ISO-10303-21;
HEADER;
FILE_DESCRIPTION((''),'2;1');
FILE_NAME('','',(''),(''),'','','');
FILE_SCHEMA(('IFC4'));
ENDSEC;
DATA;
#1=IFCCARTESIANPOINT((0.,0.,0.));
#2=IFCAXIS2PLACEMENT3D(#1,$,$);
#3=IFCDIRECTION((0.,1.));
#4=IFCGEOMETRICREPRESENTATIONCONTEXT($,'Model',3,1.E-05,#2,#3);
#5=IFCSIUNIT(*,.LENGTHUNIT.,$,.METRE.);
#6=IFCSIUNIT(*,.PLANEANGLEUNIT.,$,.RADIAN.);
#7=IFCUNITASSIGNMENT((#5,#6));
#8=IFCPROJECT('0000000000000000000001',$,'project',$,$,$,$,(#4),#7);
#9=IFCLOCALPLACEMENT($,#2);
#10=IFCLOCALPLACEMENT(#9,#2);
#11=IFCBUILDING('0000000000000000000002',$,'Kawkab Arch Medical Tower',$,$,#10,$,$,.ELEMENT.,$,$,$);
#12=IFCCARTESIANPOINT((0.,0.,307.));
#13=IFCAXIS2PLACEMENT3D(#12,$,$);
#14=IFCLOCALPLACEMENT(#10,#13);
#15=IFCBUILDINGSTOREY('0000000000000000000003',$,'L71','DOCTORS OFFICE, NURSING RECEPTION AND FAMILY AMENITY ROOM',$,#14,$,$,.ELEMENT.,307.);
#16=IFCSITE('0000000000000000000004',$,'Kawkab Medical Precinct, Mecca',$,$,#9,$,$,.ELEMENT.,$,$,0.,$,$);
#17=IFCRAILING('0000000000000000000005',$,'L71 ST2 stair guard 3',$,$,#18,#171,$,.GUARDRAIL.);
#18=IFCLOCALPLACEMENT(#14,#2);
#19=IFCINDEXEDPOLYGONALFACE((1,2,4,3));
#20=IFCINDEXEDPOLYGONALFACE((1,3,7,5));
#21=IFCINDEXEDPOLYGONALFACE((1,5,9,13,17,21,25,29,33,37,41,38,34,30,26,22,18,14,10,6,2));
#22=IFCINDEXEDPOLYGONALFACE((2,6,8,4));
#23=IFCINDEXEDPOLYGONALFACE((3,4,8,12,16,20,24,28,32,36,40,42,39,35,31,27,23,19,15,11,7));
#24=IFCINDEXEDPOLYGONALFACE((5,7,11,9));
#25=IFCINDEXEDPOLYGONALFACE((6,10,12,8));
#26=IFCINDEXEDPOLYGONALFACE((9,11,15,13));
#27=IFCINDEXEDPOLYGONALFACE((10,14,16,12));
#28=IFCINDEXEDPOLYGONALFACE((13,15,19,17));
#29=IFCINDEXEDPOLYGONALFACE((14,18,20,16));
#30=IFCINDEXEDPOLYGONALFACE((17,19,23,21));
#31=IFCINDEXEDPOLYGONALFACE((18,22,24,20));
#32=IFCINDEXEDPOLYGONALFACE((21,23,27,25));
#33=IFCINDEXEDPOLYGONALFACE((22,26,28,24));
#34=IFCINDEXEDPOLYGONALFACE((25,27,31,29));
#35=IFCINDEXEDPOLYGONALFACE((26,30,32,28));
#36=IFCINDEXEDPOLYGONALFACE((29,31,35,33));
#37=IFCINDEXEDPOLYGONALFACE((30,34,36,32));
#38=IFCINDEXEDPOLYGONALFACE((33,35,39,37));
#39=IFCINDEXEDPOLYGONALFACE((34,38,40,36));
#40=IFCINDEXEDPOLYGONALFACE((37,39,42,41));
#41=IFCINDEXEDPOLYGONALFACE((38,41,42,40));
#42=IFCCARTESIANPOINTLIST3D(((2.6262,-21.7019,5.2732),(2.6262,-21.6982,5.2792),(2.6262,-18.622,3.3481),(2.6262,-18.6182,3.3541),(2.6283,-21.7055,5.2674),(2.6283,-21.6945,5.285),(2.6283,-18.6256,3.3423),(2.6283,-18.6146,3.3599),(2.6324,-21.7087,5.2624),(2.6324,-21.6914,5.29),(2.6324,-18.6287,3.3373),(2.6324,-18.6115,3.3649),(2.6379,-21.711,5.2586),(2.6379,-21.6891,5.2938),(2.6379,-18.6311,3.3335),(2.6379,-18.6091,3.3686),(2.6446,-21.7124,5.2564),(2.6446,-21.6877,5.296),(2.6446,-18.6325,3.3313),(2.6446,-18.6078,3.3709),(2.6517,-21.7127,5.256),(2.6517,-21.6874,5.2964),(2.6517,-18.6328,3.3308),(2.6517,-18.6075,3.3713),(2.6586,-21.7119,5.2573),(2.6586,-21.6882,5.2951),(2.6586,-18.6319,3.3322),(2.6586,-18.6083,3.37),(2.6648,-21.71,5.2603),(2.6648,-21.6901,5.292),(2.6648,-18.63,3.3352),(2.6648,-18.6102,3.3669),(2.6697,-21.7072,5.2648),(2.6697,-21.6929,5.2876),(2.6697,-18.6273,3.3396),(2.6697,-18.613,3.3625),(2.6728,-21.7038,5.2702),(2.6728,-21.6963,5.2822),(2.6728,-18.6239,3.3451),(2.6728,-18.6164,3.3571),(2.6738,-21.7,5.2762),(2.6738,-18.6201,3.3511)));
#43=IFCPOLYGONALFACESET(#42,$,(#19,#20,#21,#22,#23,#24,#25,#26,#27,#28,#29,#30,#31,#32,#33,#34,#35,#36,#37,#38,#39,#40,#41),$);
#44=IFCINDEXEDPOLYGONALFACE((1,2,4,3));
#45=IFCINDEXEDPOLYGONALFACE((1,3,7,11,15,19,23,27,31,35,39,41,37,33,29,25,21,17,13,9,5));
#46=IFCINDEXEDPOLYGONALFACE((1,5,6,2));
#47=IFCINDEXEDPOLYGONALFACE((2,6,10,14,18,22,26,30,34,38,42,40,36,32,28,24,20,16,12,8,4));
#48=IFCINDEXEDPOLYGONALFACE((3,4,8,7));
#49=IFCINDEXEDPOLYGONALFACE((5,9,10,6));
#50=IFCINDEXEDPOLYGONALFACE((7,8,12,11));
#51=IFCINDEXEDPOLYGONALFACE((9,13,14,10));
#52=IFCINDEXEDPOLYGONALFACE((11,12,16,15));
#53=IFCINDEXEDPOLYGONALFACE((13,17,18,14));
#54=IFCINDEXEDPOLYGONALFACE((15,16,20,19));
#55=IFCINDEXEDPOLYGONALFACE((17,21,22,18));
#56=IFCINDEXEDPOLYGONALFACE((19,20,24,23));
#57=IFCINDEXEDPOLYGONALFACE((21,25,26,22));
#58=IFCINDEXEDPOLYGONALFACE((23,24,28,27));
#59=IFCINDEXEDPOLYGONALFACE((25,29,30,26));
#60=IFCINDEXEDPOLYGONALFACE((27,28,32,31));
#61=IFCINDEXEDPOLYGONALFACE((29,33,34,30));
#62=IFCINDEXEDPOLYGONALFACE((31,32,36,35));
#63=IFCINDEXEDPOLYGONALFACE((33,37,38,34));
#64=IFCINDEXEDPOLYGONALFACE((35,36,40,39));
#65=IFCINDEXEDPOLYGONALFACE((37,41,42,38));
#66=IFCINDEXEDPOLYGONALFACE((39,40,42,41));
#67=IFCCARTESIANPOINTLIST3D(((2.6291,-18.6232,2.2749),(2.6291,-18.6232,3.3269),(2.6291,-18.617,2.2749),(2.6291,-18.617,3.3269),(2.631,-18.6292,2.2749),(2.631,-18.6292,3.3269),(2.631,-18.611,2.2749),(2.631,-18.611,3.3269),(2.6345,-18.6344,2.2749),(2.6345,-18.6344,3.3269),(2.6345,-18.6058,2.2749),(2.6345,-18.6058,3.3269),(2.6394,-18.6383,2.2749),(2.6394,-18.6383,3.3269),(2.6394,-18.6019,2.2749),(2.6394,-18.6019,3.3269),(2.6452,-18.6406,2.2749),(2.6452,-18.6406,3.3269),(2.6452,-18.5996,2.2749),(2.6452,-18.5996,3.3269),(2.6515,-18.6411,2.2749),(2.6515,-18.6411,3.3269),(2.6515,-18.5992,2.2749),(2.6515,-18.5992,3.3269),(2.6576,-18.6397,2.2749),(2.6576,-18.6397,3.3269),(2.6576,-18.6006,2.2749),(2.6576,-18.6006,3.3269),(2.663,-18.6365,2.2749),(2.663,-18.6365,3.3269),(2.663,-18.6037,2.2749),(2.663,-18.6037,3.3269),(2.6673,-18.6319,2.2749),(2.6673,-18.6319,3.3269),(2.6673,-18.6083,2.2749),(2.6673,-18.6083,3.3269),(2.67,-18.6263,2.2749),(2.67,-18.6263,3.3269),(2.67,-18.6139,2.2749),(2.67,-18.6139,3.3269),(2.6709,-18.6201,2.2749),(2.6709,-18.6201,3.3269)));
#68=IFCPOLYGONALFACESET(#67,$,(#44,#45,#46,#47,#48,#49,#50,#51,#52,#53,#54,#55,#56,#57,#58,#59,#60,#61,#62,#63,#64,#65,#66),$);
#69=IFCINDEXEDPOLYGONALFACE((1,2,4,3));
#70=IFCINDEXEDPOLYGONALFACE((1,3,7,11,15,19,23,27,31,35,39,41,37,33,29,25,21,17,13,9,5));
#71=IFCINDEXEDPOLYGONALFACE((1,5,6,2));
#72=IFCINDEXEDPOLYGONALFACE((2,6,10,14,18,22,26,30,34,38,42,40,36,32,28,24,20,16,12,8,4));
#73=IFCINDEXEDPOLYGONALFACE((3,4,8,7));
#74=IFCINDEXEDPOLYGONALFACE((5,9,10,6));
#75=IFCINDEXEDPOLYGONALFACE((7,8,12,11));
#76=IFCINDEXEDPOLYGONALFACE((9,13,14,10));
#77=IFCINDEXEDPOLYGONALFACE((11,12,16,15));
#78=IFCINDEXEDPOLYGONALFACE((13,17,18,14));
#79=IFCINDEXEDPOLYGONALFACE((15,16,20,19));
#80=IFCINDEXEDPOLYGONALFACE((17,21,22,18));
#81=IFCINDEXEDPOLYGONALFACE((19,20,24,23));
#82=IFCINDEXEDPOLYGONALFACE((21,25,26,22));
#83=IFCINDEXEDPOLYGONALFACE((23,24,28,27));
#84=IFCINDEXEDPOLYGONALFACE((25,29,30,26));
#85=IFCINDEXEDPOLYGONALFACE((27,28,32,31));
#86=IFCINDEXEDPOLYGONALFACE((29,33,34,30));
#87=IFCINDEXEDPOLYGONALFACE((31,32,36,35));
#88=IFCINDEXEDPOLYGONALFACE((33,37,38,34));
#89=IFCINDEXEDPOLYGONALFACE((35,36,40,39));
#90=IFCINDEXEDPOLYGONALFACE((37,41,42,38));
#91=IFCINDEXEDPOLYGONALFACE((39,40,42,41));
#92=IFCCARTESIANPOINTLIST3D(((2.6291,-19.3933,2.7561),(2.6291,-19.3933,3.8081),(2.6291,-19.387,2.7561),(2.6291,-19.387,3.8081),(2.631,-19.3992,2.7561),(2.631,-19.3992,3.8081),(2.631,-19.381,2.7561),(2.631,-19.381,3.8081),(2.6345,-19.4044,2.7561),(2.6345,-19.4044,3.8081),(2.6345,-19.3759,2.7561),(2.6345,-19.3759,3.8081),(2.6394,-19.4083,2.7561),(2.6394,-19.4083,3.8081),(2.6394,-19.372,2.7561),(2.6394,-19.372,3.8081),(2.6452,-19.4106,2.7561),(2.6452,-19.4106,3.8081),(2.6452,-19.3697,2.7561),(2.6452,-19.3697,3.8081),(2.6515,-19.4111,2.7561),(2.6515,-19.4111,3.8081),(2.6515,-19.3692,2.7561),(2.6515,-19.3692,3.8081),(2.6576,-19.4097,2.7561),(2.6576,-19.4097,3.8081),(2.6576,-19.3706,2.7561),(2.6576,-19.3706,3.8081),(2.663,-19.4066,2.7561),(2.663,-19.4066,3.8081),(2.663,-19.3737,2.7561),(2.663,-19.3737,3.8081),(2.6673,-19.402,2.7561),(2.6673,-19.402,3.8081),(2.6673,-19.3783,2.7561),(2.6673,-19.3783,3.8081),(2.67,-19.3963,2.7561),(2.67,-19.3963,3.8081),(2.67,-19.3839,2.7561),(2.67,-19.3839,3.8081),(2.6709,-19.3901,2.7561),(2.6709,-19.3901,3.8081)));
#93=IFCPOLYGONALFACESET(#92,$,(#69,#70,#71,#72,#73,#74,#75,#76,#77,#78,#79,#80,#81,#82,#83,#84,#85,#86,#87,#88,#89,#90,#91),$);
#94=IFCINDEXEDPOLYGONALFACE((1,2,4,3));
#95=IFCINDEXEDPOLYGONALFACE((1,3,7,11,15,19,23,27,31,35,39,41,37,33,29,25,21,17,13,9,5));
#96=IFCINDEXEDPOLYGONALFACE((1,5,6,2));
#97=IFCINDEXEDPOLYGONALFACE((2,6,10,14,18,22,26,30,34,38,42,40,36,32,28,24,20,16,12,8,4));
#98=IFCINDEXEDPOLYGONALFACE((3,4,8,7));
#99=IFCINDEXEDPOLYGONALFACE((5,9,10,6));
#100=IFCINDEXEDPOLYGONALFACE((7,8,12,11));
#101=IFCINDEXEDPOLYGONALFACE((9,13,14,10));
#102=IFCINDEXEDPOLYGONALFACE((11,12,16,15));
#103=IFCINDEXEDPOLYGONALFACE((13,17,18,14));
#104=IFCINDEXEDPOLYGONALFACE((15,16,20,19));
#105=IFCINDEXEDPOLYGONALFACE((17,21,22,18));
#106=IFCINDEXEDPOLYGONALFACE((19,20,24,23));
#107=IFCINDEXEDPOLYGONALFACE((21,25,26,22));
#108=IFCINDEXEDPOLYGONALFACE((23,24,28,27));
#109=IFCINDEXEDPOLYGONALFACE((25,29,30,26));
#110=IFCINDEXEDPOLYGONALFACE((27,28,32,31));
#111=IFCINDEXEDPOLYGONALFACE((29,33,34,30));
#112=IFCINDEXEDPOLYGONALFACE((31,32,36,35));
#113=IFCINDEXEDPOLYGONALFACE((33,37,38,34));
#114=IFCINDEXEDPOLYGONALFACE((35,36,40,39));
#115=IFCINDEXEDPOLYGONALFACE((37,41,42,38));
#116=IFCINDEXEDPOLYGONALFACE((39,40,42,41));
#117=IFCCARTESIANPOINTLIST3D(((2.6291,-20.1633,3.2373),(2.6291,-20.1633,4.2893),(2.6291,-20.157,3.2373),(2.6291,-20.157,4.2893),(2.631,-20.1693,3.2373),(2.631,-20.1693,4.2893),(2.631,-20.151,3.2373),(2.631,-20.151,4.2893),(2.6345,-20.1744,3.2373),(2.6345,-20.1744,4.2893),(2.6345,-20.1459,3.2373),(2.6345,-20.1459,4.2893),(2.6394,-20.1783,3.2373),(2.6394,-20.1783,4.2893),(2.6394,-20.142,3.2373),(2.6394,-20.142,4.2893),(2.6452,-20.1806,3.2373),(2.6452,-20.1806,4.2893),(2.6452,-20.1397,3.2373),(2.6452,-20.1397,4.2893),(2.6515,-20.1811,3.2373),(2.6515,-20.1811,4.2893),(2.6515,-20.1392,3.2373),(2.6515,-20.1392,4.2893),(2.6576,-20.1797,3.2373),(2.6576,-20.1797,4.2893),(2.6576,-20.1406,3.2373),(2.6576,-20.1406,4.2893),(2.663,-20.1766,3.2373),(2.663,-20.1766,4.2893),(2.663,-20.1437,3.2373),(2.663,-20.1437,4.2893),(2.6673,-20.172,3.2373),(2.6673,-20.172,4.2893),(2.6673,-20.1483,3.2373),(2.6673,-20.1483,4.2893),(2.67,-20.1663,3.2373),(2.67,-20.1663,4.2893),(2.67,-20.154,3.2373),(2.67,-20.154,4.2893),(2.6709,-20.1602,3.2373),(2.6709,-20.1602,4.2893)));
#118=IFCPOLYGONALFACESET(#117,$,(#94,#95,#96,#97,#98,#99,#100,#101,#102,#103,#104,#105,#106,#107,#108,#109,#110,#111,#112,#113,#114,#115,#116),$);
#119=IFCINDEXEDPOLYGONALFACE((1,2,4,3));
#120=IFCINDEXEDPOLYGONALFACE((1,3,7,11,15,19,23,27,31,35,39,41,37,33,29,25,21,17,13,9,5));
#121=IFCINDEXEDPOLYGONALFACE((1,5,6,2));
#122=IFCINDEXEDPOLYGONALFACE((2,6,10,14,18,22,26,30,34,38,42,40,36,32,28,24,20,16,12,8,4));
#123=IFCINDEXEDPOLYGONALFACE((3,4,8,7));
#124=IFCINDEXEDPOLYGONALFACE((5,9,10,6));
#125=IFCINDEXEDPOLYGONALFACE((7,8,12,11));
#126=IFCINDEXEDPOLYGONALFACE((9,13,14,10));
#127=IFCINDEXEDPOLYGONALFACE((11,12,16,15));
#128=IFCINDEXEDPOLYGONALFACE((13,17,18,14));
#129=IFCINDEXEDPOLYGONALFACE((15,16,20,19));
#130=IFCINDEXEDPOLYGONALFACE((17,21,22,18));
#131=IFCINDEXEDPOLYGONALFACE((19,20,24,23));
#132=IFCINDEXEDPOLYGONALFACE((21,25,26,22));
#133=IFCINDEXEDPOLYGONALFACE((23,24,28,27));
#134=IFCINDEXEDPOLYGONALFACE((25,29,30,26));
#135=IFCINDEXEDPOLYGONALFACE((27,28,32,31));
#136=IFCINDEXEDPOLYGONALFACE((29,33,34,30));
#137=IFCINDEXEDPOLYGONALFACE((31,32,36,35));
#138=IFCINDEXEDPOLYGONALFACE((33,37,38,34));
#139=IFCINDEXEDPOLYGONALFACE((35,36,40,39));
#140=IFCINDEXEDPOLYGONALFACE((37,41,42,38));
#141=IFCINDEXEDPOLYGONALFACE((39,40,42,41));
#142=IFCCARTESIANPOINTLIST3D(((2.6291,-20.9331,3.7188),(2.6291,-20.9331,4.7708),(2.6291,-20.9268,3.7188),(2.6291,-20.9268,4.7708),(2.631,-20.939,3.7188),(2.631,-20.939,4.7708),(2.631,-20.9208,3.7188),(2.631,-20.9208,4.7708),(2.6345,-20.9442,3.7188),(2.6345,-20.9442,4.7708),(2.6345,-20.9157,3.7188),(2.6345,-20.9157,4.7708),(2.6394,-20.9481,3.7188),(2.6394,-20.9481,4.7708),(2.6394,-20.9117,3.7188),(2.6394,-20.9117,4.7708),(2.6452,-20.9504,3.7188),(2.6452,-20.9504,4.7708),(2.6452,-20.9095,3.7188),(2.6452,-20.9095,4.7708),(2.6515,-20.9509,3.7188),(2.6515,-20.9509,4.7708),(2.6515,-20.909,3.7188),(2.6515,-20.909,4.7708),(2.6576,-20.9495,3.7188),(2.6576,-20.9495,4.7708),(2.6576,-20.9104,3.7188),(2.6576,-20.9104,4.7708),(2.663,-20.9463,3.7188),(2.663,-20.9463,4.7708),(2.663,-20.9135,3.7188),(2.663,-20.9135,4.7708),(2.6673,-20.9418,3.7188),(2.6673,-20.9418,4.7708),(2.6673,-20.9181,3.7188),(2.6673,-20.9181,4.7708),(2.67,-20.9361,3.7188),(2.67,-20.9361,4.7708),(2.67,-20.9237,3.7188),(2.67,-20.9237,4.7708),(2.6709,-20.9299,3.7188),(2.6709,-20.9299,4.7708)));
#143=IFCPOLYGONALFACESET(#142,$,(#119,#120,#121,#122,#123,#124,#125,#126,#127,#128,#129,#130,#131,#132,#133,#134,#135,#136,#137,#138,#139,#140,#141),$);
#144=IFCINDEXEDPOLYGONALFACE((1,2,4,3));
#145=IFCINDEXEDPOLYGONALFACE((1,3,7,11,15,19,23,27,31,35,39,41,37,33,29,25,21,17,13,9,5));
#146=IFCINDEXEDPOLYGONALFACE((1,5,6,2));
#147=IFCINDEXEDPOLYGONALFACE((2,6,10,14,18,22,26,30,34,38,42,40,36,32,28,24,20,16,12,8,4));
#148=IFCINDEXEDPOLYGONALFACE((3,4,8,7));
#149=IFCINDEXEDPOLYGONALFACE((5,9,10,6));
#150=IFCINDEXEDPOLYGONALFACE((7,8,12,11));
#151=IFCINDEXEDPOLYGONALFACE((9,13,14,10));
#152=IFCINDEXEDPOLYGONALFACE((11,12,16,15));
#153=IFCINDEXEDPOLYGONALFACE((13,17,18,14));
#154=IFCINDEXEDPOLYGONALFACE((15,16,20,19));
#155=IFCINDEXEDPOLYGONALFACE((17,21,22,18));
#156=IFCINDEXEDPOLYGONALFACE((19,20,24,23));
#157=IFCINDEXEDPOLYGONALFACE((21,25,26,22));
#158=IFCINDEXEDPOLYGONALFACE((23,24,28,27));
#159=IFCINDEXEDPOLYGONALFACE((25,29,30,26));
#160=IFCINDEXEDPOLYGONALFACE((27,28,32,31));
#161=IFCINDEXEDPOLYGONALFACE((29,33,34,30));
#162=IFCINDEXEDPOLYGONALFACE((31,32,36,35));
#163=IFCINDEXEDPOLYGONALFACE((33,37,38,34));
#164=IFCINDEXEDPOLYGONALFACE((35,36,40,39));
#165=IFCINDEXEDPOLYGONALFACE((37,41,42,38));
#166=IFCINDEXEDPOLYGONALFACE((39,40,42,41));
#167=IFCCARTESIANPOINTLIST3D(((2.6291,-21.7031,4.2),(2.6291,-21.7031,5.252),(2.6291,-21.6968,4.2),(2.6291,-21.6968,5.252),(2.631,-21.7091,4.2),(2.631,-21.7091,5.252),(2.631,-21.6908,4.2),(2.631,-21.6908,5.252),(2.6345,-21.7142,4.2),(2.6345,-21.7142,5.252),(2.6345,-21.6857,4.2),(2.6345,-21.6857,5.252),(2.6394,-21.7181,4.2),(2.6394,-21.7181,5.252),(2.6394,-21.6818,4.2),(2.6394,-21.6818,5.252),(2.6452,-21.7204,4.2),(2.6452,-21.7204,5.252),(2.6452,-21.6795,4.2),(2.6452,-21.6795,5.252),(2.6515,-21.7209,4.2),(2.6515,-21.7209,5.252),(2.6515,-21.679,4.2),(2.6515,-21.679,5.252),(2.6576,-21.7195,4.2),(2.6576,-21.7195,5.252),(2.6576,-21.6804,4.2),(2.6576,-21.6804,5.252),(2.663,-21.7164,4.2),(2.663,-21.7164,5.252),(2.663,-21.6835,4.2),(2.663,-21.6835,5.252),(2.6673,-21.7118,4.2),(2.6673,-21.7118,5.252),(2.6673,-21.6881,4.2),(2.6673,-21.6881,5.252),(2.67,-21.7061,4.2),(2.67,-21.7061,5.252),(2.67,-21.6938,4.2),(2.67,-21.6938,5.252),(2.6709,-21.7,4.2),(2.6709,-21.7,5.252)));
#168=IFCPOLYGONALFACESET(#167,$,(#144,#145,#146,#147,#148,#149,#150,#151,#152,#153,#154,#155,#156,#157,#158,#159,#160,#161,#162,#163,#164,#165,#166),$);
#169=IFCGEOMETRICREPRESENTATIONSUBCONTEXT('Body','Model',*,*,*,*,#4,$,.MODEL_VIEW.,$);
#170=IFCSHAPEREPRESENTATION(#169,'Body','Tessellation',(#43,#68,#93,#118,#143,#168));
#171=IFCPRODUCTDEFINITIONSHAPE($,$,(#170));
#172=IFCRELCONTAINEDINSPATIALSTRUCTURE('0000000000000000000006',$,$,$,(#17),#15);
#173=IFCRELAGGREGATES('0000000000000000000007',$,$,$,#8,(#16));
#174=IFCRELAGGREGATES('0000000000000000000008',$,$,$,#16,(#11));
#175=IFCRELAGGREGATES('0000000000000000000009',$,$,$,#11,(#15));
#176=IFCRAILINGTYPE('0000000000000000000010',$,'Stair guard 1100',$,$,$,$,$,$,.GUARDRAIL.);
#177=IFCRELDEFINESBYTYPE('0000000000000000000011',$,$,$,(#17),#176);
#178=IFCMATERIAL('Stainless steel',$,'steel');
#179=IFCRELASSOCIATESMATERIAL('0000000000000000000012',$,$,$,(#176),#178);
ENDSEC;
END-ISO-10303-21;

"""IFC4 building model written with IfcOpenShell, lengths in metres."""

from ifc_helpers import new_model, si_unit, direction, frame, origin, origin_2d, place, context, subcontext, project, spatial, circle, extrude, material, type_object, element, save


model = new_model("IFC4")

# Units and contexts
model_context = context("Model", 3, precision=1e-05, world=origin(), true_north=direction((0.0, 1.0)))
body_context = subcontext(model_context, "Body", "Model", "MODEL_VIEW")
ifc_project = project(units=[si_unit("LENGTHUNIT", "METRE"), si_unit("PLANEANGLEUNIT", "RADIAN")], contexts=[model_context])

# Site, building, storey
site_placement = place(None, origin())
site = spatial("IfcSite", under=ifc_project, at=site_placement, Name="Kawkab Medical Precinct, Mecca", CompositionType="ELEMENT", RefElevation=0.0)
building_placement = place(site_placement, origin())
building = spatial("IfcBuilding", under=site, at=building_placement, Name="Kawkab Arch Medical Tower", CompositionType="ELEMENT")
storey_placement = place(building_placement, frame((0.0, 0.0, 307.0)))
storey = spatial("IfcBuildingStorey", under=building, at=storey_placement, Name="L71", Description="DOCTORS OFFICE, NURSING RECEPTION AND FAMILY AMENITY ROOM", CompositionType="ELEMENT", Elevation=307.0)

# Railing
ifc_material_1 = material(Name="Stainless steel", Category="steel")
railing_type = type_object("IfcRailingType", Name="Stair guard 1100", PredefinedType="GUARDRAIL", material=ifc_material_1)
railing_1_placement = place(storey_placement, frame((2.6499, -18.6201, 2.2749)))
element("IfcRailing", 1, at=railing_1_placement, inside=storey, type_object=railing_type, Name="L71 ST2 stair guard 3", PredefinedType="GUARDRAIL", context=body_context, shape_type="SweptSolid", body=[
    extrude(circle(Radius=0.0239, at=origin_2d()), frame((0.0, 0.0, 1.0762), z_axis=(0.0, -0.847979, 0.530029), x_axis=(1.0, 0.0, 0.0)), (0.0, 0.0, 1.0), 3.6321),
    extrude(circle(Radius=0.021, at=origin_2d()), origin(), (0.0, 0.0, 1.0), 1.052),
    extrude(circle(Radius=0.021, at=origin_2d()), frame((0.0, -0.77, 0.4812)), (0.0, 0.0, 1.0), 1.052),
    extrude(circle(Radius=0.021, at=origin_2d()), frame((0.0, -1.54, 0.9624)), (0.0, 0.0, 1.0), 1.052),
    extrude(circle(Radius=0.021, at=origin_2d()), frame((0.0, -2.3098, 1.4438)), (0.0, 0.0, 1.0), 1.052),
    extrude(circle(Radius=0.021, at=origin_2d()), frame((0.0, -3.0798, 1.925)), (0.0, 0.0, 1.0), 1.052),
])

save(model, "model.ifc")
